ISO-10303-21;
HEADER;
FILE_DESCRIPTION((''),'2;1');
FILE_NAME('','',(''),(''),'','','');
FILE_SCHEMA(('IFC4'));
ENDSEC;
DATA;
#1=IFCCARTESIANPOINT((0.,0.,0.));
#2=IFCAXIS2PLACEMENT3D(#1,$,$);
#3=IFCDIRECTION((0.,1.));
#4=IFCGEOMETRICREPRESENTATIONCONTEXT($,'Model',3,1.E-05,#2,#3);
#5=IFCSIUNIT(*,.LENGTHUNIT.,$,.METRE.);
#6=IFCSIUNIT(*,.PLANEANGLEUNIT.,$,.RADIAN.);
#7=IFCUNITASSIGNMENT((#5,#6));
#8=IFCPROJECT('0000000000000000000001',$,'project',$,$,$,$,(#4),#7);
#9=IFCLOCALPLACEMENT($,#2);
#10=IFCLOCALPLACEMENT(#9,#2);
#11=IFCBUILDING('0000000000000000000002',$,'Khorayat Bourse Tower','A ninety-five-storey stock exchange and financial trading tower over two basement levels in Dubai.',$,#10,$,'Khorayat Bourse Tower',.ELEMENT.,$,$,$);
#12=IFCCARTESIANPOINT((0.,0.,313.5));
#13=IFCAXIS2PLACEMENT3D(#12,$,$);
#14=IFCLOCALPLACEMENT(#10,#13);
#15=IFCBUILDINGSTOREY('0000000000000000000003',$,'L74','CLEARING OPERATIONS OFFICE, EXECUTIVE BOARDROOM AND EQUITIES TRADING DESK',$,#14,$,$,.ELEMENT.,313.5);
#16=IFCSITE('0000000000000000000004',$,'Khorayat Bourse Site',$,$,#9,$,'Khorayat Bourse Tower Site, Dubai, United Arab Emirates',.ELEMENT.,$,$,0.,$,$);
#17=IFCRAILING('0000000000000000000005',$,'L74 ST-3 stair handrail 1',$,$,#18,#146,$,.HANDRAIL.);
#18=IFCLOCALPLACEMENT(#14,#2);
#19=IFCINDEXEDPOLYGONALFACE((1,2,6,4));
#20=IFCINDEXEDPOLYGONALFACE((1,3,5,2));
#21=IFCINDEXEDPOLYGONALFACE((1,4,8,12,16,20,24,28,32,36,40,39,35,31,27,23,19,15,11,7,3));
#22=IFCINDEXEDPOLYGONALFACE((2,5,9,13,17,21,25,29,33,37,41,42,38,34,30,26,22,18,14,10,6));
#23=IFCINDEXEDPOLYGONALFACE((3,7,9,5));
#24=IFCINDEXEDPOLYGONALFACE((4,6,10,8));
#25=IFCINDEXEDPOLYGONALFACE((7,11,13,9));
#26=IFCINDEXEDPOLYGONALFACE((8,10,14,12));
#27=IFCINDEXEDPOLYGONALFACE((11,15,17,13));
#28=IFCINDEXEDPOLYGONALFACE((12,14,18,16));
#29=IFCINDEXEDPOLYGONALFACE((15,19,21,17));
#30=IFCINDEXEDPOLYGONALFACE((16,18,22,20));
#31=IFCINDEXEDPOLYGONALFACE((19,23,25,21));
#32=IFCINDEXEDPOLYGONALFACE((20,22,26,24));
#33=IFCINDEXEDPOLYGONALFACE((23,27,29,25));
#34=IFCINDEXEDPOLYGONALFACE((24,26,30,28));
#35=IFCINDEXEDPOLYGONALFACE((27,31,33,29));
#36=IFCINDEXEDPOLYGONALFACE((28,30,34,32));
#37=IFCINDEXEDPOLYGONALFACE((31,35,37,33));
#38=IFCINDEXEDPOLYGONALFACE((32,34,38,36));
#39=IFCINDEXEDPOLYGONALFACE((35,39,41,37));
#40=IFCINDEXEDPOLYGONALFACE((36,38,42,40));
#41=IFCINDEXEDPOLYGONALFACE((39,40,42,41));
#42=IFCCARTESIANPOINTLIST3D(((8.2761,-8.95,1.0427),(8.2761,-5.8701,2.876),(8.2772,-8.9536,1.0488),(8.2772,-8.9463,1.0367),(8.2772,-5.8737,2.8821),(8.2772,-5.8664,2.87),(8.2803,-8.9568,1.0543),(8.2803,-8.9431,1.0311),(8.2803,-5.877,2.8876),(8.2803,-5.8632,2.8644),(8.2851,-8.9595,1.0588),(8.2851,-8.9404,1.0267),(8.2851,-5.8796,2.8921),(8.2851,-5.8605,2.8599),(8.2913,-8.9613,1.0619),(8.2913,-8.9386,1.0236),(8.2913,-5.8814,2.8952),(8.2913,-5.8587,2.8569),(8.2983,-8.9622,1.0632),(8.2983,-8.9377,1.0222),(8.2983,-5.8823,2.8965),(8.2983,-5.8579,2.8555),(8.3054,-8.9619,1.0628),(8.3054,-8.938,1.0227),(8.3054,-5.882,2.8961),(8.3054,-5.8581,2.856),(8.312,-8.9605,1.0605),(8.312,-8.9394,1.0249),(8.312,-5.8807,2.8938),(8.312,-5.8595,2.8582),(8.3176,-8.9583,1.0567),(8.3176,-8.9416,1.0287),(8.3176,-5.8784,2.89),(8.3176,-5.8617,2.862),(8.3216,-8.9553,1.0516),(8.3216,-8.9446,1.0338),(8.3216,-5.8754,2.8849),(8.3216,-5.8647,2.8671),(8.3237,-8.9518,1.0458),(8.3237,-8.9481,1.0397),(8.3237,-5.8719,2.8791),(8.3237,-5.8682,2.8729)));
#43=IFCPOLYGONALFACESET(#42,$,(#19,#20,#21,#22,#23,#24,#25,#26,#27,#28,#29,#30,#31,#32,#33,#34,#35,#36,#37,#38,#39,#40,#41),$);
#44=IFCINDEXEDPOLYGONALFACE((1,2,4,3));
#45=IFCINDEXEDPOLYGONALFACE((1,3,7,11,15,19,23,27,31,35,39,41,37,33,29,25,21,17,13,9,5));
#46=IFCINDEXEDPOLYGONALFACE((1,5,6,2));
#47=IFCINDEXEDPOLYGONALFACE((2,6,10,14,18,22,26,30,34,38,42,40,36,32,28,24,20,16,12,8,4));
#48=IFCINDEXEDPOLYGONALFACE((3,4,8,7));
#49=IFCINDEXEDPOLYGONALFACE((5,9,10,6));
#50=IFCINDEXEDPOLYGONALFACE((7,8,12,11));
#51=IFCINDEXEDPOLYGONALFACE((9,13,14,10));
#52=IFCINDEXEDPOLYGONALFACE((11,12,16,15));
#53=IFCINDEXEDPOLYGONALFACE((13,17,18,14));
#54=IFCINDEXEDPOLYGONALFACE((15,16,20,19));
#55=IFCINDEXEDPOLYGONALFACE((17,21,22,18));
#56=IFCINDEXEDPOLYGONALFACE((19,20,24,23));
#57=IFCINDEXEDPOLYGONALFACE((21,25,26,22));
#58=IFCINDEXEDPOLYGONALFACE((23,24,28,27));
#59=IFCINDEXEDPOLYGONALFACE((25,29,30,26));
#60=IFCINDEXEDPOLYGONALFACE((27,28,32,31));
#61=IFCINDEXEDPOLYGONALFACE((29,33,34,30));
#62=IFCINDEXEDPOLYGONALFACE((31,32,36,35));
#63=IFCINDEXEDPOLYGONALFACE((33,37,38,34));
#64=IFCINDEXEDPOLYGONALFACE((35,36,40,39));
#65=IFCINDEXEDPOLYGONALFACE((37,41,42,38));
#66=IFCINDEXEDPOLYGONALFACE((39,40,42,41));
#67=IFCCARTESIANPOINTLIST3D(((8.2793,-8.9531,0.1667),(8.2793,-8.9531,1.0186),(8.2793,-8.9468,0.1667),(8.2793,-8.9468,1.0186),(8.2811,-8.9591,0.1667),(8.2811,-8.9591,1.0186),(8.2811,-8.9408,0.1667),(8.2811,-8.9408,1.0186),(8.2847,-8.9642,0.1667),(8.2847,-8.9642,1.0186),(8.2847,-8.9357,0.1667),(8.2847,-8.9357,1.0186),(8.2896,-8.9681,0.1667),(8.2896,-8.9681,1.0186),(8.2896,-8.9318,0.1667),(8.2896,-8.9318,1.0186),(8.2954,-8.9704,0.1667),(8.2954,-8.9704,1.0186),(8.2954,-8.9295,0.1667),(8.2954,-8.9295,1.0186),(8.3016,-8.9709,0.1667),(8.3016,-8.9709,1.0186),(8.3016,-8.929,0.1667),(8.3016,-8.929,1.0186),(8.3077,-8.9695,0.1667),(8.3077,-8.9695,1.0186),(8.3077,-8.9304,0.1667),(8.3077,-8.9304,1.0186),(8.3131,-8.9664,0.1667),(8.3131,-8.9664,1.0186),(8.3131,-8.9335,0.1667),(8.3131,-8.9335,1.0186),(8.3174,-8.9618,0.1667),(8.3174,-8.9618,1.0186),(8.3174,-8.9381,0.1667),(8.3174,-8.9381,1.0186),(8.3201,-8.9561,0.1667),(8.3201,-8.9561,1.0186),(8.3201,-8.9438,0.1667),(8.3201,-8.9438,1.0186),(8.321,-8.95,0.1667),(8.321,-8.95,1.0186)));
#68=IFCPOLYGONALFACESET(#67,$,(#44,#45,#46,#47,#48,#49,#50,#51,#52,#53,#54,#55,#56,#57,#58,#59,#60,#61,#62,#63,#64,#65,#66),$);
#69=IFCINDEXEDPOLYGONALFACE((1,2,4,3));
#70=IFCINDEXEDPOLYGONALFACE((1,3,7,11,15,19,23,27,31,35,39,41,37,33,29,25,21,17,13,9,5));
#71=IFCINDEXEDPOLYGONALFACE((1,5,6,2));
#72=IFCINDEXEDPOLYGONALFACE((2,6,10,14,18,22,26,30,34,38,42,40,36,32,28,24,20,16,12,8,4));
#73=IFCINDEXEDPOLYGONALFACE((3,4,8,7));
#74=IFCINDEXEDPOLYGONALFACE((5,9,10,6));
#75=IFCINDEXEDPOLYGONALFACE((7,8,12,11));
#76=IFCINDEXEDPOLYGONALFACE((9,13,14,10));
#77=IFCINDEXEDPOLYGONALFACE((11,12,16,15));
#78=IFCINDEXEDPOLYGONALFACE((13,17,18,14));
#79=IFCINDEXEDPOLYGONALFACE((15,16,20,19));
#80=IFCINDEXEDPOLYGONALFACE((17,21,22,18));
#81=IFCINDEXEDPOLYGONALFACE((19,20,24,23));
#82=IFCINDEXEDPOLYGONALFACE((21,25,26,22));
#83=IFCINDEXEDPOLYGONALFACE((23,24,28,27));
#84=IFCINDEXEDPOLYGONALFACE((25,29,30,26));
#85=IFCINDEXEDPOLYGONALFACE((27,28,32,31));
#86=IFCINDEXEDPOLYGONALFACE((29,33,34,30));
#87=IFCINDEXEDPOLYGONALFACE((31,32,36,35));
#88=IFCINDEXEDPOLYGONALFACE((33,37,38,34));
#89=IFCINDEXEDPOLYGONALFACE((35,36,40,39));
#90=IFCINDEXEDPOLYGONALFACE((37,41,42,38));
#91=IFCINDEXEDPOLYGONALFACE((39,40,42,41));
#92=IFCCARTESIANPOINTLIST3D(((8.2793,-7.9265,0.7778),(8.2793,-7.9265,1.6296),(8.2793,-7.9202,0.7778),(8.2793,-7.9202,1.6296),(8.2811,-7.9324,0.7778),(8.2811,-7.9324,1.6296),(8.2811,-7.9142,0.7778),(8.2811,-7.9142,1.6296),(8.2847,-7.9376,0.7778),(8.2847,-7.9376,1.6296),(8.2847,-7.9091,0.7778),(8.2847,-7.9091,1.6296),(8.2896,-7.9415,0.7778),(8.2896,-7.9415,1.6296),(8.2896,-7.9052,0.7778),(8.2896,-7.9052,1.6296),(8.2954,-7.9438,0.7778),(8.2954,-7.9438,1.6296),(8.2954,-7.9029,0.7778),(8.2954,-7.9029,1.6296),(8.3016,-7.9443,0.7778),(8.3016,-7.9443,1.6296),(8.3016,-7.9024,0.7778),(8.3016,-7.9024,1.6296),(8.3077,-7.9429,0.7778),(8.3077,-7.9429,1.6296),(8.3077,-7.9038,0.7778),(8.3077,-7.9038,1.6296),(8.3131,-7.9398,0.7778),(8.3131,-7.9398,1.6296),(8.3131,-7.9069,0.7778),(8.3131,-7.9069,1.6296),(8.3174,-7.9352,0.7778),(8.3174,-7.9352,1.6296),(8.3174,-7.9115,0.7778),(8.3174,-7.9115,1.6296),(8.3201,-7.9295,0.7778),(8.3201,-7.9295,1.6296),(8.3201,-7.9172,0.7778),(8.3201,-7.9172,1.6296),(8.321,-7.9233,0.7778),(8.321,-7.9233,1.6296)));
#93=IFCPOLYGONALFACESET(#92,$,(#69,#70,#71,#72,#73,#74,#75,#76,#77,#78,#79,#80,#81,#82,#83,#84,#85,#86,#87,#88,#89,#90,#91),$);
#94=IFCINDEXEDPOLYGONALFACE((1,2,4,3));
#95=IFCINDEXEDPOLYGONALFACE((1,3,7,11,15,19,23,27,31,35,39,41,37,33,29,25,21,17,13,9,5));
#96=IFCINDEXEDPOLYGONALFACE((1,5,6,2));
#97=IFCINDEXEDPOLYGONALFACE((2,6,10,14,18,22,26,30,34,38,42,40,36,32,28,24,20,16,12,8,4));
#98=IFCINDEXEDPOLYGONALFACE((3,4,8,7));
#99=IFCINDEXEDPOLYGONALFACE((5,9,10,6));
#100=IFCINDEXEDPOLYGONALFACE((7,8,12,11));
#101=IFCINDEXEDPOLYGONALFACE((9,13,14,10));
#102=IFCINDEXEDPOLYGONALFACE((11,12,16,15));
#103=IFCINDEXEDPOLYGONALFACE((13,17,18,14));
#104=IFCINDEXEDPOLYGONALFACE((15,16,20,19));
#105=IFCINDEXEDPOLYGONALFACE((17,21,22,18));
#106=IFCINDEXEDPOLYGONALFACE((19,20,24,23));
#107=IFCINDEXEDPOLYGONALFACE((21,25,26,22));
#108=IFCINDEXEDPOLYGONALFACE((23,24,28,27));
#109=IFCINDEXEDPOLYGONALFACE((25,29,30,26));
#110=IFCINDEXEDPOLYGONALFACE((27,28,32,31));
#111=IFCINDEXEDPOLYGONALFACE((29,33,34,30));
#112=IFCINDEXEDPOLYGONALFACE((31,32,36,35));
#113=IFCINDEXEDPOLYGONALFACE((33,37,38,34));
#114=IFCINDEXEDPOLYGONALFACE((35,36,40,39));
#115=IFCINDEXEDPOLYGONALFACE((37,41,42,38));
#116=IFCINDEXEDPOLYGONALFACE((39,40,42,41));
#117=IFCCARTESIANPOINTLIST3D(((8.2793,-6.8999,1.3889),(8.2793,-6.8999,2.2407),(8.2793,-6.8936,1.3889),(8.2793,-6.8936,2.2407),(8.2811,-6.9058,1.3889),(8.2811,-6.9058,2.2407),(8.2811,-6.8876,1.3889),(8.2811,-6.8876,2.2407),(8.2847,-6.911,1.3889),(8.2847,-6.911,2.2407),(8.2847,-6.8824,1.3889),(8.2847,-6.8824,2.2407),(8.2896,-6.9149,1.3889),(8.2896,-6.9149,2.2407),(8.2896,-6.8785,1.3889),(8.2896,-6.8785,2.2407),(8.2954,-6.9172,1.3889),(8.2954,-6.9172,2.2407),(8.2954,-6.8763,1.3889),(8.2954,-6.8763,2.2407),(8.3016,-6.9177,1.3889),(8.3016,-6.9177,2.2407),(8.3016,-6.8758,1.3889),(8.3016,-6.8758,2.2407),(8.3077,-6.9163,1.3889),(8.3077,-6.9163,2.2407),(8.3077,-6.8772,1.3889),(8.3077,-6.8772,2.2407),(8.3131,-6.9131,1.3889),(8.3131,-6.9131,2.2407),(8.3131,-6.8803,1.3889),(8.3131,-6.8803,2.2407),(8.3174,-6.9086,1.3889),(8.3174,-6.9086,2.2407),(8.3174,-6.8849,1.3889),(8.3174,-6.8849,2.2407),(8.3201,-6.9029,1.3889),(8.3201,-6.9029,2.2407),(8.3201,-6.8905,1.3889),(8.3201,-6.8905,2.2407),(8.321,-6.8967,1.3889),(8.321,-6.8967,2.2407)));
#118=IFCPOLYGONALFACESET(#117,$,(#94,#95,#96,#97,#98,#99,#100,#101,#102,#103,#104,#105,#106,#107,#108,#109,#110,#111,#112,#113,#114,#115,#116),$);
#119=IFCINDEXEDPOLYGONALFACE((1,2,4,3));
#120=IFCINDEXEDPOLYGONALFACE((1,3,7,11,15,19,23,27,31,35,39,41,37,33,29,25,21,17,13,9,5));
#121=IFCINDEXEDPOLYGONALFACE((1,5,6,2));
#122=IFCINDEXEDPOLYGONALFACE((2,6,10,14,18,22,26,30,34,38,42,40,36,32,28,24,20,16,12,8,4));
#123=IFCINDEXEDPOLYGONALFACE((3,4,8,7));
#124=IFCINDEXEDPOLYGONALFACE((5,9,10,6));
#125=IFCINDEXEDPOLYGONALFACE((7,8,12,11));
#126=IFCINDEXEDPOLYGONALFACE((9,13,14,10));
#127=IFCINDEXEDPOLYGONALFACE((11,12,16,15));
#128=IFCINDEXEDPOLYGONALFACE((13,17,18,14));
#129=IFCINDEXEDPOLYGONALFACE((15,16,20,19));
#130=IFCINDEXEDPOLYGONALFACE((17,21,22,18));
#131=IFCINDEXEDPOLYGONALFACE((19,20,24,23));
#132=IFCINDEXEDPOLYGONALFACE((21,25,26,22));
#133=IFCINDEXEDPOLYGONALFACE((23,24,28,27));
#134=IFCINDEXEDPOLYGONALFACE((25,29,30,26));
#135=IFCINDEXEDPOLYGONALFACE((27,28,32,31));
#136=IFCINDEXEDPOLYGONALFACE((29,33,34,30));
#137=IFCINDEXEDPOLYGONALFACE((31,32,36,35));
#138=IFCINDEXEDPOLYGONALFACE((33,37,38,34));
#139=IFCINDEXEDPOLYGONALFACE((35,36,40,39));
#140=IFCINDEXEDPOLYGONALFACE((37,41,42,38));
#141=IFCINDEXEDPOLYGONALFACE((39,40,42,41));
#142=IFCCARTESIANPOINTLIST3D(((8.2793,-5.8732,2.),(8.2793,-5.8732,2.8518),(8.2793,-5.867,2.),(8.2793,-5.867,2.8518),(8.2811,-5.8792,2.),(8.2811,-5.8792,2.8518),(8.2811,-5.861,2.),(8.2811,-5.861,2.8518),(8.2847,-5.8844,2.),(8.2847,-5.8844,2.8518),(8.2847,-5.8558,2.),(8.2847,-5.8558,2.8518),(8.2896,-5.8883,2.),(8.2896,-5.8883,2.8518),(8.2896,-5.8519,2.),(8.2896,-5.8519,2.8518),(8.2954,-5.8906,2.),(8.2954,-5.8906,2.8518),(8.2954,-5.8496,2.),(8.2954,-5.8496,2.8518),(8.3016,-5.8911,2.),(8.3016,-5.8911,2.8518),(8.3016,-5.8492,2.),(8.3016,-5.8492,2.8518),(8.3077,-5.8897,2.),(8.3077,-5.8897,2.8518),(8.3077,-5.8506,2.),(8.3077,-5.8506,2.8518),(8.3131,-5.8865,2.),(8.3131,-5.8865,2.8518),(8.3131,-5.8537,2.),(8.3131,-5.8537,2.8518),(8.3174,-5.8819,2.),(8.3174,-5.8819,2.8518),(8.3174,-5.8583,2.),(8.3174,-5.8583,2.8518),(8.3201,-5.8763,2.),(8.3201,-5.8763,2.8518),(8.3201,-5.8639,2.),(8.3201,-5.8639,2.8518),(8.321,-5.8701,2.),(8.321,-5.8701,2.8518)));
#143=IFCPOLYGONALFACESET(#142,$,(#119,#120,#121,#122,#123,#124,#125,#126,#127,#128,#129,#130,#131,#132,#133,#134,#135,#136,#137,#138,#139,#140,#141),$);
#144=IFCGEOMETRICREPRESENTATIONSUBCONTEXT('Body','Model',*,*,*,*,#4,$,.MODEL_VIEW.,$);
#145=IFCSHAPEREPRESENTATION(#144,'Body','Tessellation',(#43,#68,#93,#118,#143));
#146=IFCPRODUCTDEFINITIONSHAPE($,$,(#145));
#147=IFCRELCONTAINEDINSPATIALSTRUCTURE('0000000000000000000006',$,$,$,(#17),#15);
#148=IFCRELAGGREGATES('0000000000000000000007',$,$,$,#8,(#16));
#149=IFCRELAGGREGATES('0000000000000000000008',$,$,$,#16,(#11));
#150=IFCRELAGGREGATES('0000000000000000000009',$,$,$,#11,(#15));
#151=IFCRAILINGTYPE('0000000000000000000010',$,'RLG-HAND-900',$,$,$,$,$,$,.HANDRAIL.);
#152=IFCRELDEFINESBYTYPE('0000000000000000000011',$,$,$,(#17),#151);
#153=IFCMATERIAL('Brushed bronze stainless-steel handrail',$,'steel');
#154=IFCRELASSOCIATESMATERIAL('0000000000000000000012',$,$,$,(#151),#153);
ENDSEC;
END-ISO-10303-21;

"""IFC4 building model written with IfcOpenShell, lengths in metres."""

from ifc_helpers import new_model, si_unit, direction, frame, origin, origin_2d, place, context, subcontext, project, spatial, circle, extrude, source, transform, mapped, material, type_object, element, save


model = new_model("IFC4")

# Units and contexts
model_context = context("Model", 3, precision=1e-05, world=origin(), true_north=direction((0.0, 1.0)))
body_context = subcontext(model_context, "Body", "Model", "MODEL_VIEW")
ifc_project = project(units=[si_unit("LENGTHUNIT", "METRE"), si_unit("PLANEANGLEUNIT", "RADIAN")], contexts=[model_context])

# Site, building, storey
site_placement = place(None, origin())
site = spatial("IfcSite", under=ifc_project, at=site_placement, Name="Khorayat Bourse Site", LongName="Khorayat Bourse Tower Site, Dubai, United Arab Emirates", CompositionType="ELEMENT", RefElevation=0.0)
building_placement = place(site_placement, origin())
building = spatial("IfcBuilding", under=site, at=building_placement, Name="Khorayat Bourse Tower", Description="A ninety-five-storey stock exchange and financial trading tower over two basement levels in Dubai.", LongName="Khorayat Bourse Tower", CompositionType="ELEMENT")
storey_placement = place(building_placement, frame((0.0, 0.0, 313.5)))
storey = spatial("IfcBuildingStorey", under=building, at=storey_placement, Name="L74", Description="CLEARING OPERATIONS OFFICE, EXECUTIVE BOARDROOM AND EQUITIES TRADING DESK", CompositionType="ELEMENT", Elevation=313.5)

# Railing
ifc_material_1 = material(Name="Brushed bronze stainless-steel handrail", Category="steel")
railing_type_1 = type_object("IfcRailingType", Name="RLG-HAND-900", PredefinedType="HANDRAIL", material=ifc_material_1)
shared_shape_1 = source(origin(), body_context, "Body", "SweptSolid", [
    extrude(circle(Radius=0.0239, at=origin_2d()), frame((0.0, 0.0, 0.876), z_axis=(0.0, 0.859291, 0.511487), x_axis=(-1.0, 0.0, 0.0)), (0.0, 0.0, 1.0), 3.5842),
    extrude(circle(Radius=0.021, at=origin_2d()), origin(), (0.0, 0.0, 1.0), 0.8518),
    extrude(circle(Radius=0.021, at=origin_2d()), frame((0.0, 1.0266, 0.6111)), (0.0, 0.0, 1.0), 0.8518),
    extrude(circle(Radius=0.021, at=origin_2d()), frame((0.0, 2.0532, 1.2222)), (0.0, 0.0, 1.0), 0.8518),
    extrude(circle(Radius=0.021, at=origin_2d()), frame((0.0, 3.0798, 1.8333)), (0.0, 0.0, 1.0), 0.8518),
])
railing_1_placement = place(storey_placement, frame((8.3, -8.95, 0.1667)))
element("IfcRailing", 1, at=railing_1_placement, inside=storey, type_object=railing_type_1, Name="L74 ST-3 stair handrail 1", PredefinedType="HANDRAIL", context=body_context, shape_type="MappedRepresentation", body=[
    mapped(shared_shape_1, transform((0.0, 0.0, 0.0), scale=1.0)),
])

save(model, "model.ifc")
